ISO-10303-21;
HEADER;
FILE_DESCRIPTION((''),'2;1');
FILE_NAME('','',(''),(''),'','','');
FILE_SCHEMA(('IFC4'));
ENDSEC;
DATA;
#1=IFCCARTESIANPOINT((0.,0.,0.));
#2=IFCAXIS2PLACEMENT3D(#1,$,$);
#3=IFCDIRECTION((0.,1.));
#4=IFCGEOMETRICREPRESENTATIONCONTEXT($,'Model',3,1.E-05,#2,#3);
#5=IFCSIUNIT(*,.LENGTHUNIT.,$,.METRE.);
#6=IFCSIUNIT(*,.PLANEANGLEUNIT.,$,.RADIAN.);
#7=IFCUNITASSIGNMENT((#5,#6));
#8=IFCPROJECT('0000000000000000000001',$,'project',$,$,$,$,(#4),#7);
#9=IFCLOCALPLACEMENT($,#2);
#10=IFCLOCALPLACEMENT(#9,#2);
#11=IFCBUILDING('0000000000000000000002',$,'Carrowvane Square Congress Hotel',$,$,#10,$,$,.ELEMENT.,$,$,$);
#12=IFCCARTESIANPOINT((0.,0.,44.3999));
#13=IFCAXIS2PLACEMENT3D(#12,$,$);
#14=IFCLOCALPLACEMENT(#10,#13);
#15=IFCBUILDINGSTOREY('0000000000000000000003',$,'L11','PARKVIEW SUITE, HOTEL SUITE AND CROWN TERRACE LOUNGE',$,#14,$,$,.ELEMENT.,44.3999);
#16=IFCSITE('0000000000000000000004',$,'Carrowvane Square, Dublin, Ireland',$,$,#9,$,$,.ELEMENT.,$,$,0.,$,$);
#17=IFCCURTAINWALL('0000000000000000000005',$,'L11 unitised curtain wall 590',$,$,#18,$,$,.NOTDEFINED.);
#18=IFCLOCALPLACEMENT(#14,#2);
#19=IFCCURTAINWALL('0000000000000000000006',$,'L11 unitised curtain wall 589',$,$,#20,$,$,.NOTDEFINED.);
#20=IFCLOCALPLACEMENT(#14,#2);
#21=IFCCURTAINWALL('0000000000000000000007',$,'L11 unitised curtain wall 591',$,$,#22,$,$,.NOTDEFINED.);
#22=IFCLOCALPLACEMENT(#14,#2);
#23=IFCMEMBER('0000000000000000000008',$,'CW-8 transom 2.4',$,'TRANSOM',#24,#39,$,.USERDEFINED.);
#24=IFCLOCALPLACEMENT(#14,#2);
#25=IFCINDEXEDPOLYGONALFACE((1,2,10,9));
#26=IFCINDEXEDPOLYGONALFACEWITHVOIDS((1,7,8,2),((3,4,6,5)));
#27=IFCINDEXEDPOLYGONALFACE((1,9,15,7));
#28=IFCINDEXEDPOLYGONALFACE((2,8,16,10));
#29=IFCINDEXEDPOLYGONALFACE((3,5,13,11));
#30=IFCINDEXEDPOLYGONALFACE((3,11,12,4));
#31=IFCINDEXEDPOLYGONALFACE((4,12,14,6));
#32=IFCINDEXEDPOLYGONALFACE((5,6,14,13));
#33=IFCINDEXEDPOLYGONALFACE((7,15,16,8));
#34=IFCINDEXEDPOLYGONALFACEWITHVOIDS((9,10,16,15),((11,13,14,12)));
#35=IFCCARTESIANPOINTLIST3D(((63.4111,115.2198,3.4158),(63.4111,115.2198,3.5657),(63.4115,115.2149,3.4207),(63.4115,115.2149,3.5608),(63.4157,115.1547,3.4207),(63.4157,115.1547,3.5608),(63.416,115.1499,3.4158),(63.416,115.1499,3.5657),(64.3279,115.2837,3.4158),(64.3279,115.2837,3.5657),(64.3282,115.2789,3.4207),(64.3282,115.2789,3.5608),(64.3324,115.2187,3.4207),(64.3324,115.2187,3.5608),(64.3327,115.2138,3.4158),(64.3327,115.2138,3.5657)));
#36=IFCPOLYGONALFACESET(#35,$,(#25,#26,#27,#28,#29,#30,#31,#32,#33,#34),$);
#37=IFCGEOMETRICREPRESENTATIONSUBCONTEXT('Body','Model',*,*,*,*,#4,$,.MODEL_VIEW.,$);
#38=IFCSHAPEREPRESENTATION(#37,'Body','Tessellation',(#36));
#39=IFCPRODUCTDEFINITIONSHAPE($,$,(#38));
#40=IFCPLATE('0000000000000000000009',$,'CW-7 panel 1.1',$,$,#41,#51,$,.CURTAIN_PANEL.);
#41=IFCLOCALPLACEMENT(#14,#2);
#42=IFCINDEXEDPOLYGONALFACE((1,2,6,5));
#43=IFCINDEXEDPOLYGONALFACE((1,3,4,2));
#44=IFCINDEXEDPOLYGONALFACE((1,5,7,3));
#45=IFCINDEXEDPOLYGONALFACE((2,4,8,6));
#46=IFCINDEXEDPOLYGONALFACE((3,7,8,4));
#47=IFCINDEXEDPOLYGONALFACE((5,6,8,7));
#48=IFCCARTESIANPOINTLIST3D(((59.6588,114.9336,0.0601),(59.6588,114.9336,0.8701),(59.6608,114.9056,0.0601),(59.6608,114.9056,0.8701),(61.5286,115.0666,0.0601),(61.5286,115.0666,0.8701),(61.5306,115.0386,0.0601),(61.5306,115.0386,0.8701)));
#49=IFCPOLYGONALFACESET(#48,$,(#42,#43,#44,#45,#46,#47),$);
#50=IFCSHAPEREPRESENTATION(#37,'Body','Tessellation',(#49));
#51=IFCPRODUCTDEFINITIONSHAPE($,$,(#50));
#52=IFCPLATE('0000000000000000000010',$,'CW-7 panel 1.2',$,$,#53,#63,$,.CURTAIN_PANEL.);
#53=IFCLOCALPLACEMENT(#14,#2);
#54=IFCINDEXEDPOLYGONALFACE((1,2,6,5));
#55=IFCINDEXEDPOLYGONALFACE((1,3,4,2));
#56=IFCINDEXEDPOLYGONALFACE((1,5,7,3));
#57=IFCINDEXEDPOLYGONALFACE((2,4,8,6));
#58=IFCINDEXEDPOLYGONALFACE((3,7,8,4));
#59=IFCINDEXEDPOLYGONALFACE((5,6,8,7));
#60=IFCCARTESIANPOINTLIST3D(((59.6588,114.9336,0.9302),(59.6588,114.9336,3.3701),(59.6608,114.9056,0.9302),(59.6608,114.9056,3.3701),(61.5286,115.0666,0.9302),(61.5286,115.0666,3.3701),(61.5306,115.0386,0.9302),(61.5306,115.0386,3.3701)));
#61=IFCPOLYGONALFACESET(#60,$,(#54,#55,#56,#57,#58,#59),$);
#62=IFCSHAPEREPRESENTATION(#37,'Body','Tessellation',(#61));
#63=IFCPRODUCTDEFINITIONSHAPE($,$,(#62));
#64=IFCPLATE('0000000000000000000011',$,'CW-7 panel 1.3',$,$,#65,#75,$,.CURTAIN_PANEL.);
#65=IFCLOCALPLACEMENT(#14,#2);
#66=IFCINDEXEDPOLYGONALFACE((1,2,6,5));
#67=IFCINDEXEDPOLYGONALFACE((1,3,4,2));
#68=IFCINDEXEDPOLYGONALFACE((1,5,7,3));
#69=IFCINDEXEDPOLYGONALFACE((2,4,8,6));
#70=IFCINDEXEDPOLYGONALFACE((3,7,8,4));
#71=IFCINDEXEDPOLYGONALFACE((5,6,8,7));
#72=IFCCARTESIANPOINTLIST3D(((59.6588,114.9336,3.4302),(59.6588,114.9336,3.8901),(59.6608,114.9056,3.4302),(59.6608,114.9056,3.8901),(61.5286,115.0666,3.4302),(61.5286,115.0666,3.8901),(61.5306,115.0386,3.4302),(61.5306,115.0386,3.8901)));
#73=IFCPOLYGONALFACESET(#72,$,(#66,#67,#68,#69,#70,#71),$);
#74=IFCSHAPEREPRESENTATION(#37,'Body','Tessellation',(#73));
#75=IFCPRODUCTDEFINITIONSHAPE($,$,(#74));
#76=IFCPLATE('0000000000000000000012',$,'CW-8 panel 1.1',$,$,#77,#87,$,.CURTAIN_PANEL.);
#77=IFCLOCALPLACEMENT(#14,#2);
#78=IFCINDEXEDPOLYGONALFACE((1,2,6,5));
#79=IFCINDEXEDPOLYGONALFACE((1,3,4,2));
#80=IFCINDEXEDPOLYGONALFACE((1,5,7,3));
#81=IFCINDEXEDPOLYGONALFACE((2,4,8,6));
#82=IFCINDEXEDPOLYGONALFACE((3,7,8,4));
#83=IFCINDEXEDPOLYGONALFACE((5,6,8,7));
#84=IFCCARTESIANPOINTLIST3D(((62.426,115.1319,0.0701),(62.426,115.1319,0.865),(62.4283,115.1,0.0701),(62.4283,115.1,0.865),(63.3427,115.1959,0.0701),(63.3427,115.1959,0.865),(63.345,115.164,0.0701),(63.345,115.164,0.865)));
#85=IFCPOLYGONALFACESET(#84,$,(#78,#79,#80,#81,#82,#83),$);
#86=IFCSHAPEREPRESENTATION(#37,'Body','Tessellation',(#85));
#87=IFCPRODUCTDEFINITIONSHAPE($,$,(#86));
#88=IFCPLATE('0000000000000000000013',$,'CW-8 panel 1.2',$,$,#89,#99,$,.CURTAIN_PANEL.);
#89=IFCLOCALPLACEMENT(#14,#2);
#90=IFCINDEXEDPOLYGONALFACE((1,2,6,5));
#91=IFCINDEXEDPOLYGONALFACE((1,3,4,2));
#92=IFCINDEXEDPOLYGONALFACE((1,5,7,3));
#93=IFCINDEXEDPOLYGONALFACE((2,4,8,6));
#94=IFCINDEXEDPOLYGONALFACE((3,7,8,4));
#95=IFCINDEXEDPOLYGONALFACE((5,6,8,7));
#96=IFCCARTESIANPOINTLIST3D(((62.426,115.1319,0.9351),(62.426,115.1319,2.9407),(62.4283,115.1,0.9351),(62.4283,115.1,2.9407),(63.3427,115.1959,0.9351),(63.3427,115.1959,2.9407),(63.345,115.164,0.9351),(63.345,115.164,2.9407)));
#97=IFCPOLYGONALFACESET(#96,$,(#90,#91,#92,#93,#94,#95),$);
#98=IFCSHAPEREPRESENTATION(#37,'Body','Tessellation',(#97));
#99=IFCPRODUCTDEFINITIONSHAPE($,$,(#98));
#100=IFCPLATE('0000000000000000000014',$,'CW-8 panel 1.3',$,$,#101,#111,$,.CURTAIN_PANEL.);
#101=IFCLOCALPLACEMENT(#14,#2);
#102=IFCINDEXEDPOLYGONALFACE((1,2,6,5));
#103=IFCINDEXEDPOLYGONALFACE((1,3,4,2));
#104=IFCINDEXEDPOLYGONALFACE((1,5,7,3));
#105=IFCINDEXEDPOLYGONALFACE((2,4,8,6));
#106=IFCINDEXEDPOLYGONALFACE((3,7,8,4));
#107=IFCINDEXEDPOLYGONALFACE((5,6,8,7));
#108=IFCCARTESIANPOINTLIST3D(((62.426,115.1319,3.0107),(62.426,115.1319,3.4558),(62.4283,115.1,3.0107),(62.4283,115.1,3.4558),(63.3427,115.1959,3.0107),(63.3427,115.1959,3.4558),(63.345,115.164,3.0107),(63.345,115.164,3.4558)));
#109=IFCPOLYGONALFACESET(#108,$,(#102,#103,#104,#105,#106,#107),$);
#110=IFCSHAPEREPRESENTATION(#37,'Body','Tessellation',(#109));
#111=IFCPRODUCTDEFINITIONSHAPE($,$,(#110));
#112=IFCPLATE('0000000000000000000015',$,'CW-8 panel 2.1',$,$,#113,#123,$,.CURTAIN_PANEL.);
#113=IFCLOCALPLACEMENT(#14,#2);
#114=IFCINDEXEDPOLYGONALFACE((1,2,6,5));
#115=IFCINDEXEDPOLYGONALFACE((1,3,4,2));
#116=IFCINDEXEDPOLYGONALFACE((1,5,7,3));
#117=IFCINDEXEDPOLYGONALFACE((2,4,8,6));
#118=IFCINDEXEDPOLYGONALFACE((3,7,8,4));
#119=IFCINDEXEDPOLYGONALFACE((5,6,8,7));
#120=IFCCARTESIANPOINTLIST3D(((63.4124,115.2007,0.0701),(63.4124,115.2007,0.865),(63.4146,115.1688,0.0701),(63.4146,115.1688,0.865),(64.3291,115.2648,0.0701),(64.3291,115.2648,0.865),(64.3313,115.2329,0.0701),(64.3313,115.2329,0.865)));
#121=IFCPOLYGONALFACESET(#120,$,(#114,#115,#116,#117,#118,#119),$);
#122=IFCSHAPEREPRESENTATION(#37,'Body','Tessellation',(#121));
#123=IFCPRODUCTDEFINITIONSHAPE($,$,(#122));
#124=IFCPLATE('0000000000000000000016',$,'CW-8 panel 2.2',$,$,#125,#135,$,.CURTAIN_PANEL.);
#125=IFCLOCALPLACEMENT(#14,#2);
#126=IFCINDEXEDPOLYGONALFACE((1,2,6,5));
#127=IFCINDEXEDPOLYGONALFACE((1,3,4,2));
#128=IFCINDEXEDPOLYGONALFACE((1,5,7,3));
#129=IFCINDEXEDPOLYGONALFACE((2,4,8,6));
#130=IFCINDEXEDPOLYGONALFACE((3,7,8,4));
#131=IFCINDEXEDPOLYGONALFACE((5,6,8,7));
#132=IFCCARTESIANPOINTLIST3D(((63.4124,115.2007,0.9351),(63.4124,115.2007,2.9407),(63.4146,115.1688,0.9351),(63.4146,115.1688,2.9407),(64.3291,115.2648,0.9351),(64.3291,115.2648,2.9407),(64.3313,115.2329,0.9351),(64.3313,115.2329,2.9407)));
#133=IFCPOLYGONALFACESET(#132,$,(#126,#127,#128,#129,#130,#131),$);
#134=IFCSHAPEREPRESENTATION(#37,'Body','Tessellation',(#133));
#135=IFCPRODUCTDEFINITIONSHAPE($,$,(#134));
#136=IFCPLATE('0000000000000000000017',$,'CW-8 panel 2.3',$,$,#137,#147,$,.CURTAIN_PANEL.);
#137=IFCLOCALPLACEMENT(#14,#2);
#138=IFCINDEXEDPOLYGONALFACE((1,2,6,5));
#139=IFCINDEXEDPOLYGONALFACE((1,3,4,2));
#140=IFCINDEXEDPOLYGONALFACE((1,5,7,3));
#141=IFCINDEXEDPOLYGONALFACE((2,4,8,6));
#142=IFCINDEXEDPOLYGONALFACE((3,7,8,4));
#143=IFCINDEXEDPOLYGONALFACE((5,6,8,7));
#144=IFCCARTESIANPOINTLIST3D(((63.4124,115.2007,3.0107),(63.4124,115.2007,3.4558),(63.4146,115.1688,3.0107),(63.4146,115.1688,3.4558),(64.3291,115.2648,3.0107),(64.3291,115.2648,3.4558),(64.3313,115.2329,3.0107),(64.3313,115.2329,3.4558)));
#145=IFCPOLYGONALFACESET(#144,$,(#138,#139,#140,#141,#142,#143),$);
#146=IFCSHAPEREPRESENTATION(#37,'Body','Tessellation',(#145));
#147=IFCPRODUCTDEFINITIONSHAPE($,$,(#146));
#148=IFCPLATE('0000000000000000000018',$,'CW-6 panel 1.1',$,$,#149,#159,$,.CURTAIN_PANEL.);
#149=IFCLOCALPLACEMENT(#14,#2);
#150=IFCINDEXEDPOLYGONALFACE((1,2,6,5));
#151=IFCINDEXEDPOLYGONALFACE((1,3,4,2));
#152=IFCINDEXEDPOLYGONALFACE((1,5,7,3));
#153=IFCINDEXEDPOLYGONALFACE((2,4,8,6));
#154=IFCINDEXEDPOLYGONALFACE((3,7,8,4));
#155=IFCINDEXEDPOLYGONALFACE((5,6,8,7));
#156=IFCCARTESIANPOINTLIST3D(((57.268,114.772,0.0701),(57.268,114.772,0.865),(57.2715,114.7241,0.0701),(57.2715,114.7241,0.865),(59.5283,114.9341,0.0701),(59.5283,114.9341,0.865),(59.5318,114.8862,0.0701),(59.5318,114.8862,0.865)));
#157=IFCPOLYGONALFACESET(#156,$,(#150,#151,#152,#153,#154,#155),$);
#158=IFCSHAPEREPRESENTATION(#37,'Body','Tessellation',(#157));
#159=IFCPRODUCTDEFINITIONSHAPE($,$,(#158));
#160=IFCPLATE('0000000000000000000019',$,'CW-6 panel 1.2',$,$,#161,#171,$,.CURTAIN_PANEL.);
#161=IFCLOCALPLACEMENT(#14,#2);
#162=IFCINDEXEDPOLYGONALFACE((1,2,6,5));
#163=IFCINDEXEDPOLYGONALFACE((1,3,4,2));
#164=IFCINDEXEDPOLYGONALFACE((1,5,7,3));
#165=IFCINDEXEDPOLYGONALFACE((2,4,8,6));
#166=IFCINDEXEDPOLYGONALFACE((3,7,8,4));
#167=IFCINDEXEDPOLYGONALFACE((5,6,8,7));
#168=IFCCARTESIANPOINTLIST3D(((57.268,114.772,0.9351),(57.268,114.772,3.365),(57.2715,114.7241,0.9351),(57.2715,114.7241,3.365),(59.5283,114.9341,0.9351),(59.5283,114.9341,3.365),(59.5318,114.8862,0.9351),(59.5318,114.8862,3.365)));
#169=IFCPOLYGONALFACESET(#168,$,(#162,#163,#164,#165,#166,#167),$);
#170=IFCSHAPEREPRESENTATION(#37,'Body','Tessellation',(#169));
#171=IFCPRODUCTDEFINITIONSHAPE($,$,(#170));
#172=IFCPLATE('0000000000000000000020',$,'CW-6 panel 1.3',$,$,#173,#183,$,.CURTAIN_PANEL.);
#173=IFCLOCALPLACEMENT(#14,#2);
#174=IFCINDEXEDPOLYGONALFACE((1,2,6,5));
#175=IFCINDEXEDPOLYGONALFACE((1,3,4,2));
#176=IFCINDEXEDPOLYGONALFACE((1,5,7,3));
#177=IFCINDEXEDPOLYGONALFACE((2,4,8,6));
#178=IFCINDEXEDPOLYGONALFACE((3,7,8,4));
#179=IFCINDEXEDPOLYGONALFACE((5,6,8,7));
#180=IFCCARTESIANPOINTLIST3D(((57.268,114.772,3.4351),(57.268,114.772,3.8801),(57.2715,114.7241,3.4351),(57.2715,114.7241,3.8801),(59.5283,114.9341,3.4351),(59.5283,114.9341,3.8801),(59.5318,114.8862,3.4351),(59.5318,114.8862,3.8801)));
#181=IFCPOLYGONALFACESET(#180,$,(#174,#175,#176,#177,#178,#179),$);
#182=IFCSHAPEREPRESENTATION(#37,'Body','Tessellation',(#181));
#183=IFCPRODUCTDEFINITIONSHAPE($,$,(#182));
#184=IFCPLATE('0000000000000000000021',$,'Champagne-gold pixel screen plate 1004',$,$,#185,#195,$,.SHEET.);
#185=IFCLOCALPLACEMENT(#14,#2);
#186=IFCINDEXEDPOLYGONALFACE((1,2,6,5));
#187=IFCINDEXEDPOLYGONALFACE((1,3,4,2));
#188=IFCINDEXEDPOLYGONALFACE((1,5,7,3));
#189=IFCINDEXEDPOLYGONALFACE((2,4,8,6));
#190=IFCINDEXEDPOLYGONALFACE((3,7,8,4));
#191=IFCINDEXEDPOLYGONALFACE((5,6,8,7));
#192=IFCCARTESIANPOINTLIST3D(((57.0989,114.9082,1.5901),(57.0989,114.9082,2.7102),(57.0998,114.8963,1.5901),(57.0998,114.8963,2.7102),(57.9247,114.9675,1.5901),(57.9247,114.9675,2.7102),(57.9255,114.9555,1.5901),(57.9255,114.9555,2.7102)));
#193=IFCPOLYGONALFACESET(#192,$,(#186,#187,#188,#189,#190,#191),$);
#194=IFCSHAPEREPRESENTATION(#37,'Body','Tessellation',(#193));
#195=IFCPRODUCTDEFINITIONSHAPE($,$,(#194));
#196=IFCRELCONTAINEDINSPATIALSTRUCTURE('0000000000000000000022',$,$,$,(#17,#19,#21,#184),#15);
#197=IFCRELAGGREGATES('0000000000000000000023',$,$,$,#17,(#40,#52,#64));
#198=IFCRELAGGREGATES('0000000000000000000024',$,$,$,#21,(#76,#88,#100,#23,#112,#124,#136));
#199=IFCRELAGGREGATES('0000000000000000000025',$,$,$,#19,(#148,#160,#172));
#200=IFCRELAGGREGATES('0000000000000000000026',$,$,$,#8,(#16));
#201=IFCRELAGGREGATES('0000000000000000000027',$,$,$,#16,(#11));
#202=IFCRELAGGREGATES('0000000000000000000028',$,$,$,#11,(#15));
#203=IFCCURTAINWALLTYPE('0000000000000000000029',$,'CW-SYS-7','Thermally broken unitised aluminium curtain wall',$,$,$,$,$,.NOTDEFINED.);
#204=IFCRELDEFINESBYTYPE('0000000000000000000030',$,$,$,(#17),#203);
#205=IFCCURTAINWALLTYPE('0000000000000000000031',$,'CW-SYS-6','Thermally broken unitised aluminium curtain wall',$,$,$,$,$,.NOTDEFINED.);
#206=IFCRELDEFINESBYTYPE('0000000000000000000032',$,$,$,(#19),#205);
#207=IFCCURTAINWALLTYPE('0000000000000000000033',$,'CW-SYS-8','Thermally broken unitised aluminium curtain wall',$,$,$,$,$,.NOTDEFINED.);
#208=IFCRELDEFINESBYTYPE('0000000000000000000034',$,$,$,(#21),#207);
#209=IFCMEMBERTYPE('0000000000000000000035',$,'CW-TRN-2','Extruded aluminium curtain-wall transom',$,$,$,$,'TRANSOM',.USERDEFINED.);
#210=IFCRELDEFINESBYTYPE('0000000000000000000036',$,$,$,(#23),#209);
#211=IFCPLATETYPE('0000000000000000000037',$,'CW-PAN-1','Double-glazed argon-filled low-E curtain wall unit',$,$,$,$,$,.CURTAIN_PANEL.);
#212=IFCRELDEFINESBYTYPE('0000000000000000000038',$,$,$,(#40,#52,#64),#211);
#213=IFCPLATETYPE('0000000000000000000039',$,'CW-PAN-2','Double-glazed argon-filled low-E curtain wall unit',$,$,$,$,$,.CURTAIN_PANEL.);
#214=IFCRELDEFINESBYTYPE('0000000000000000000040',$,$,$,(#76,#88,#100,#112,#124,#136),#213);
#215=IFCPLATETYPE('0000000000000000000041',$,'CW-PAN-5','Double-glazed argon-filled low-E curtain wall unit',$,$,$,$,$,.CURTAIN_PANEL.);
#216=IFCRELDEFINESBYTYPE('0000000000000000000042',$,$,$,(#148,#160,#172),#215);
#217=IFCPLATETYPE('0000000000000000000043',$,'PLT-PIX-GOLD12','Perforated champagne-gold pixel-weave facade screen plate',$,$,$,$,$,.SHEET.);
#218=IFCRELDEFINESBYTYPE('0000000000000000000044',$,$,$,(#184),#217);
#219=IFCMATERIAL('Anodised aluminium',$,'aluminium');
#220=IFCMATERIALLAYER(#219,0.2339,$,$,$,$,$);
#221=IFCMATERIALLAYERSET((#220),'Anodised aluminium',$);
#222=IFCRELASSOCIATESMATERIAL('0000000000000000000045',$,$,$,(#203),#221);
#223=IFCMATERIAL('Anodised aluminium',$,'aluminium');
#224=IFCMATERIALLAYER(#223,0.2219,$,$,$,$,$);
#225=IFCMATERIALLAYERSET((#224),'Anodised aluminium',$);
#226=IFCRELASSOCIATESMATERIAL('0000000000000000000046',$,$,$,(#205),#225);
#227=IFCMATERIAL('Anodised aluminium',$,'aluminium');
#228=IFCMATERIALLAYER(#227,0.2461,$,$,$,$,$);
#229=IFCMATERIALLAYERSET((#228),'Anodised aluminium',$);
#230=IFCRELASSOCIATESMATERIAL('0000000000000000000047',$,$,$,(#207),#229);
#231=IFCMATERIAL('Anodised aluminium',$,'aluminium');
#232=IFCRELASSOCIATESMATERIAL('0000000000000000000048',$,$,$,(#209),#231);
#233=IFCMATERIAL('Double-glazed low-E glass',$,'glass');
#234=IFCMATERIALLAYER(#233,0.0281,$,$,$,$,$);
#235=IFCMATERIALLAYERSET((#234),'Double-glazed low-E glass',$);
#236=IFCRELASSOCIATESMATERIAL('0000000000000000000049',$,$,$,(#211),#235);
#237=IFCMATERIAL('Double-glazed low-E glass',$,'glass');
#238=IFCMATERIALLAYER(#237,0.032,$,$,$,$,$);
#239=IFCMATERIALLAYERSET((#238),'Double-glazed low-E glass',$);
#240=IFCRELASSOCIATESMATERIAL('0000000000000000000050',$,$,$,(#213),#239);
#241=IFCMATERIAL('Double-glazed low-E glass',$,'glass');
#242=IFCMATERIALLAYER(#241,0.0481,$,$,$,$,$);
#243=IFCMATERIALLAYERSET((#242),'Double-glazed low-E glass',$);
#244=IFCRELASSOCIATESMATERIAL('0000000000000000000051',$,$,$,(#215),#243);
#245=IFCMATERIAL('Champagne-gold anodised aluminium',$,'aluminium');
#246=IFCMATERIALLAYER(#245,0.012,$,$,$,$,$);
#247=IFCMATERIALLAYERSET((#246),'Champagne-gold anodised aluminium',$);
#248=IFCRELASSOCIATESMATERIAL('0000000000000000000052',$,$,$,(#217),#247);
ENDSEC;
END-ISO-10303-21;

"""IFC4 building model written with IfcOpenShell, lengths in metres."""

from ifc_helpers import new_model, si_unit, direction, frame, origin, origin_2d, place, context, subcontext, project, spatial, rectangle, hollow_rectangle, extrude, material, layer, layer_set, material_profile, profile_set, type_object, element, aggregate, save


model = new_model("IFC4")

# Units and contexts
model_context = context("Model", 3, precision=1e-05, world=origin(), true_north=direction((0.0, 1.0)))
body_context = subcontext(model_context, "Body", "Model", "MODEL_VIEW")
ifc_project = project(units=[si_unit("LENGTHUNIT", "METRE"), si_unit("PLANEANGLEUNIT", "RADIAN")], contexts=[model_context])

# Site, building, storey
site_placement = place(None, origin())
site = spatial("IfcSite", under=ifc_project, at=site_placement, Name="Carrowvane Square, Dublin, Ireland", CompositionType="ELEMENT", RefElevation=0.0)
building_placement = place(site_placement, origin())
building = spatial("IfcBuilding", under=site, at=building_placement, Name="Carrowvane Square Congress Hotel", CompositionType="ELEMENT")
storey_placement = place(building_placement, frame((0.0, 0.0, 44.3999)))
storey = spatial("IfcBuildingStorey", under=building, at=storey_placement, Name="L11", Description="PARKVIEW SUITE, HOTEL SUITE AND CROWN TERRACE LOUNGE", CompositionType="ELEMENT", Elevation=44.3999)

# Curtain wall
ifc_material_1 = material(Name="Anodised aluminium", Category="aluminium")
ifc_layer_1 = layer(ifc_material_1, 0.2339)
ifc_layer_set_1 = layer_set([ifc_layer_1], Name="Anodised aluminium")
curtain_wall_type_1 = type_object("IfcCurtainWallType", Name="CW-SYS-7", Description="Thermally broken unitised aluminium curtain wall", PredefinedType="NOTDEFINED", material=ifc_layer_set_1)
curtain_wall_1_placement = place(storey_placement, origin())
curtain_wall_1 = element("IfcCurtainWall", 1, at=curtain_wall_1_placement, inside=storey, type_object=curtain_wall_type_1, Name="L11 unitised curtain wall 590", PredefinedType="NOTDEFINED")

# Curtain wall
ifc_material_2 = material(Name="Anodised aluminium", Category="aluminium")
ifc_layer_2 = layer(ifc_material_2, 0.2219)
ifc_layer_set_2 = layer_set([ifc_layer_2], Name="Anodised aluminium")
curtain_wall_type_2 = type_object("IfcCurtainWallType", Name="CW-SYS-6", Description="Thermally broken unitised aluminium curtain wall", PredefinedType="NOTDEFINED", material=ifc_layer_set_2)
curtain_wall_2_placement = place(storey_placement, origin())
curtain_wall_2 = element("IfcCurtainWall", 2, at=curtain_wall_2_placement, inside=storey, type_object=curtain_wall_type_2, Name="L11 unitised curtain wall 589", PredefinedType="NOTDEFINED")

# Curtain wall
ifc_material_3 = material(Name="Anodised aluminium", Category="aluminium")
ifc_layer_3 = layer(ifc_material_3, 0.2461)
ifc_layer_set_3 = layer_set([ifc_layer_3], Name="Anodised aluminium")
curtain_wall_type_3 = type_object("IfcCurtainWallType", Name="CW-SYS-8", Description="Thermally broken unitised aluminium curtain wall", PredefinedType="NOTDEFINED", material=ifc_layer_set_3)
curtain_wall_3_placement = place(storey_placement, origin())
curtain_wall_3 = element("IfcCurtainWall", 3, at=curtain_wall_3_placement, inside=storey, type_object=curtain_wall_type_3, Name="L11 unitised curtain wall 591", PredefinedType="NOTDEFINED")

# Member
ifc_material_4 = material(Name="Anodised aluminium", Category="aluminium")
ifc_material_profile_1 = material_profile(ifc_material_4, hollow_rectangle(XDim=0.0701, YDim=0.1499, WallThickness=0.0049, at=origin_2d()), Name="CW-TR 70x150x5")
ifc_profile_set_1 = profile_set([ifc_material_profile_1], Name="Anodised aluminium")
member_type_1 = type_object("IfcMemberType", Name="CW-TRN-2", Description="Extruded aluminium curtain-wall transom", ElementType="TRANSOM", PredefinedType="USERDEFINED", material=ifc_profile_set_1)
member_1_placement = place(storey_placement, frame((63.4136, 115.1848, 3.4907), z_axis=(0.997575, 0.069604, 0.0), x_axis=(-0.069604, 0.997575, 0.0)))
member_1 = element("IfcMember", 4, at=member_1_placement, type_object=member_type_1, Name="CW-8 transom 2.4", ObjectType="TRANSOM", PredefinedType="USERDEFINED", context=body_context, shape_type="SweptSolid", body=[
    extrude(hollow_rectangle(XDim=0.0701, YDim=0.1499, WallThickness=0.0049, at=origin_2d()), origin(), (0.0, 0.0, 1.0), 0.9189),
])

# Plates
ifc_material_5 = material(Name="Double-glazed low-E glass", Category="glass")
ifc_layer_4 = layer(ifc_material_5, 0.0281)
ifc_layer_set_4 = layer_set([ifc_layer_4], Name="Double-glazed low-E glass")
plate_type_1 = type_object("IfcPlateType", Name="CW-PAN-1", Description="Double-glazed argon-filled low-E curtain wall unit", PredefinedType="CURTAIN_PANEL", material=ifc_layer_set_4)
plate_1_placement = place(storey_placement, frame((60.5947, 114.9861, 0.0601), z_axis=(0.0, 0.0, 1.0), x_axis=(0.997479, 0.07096, 0.0)))
plate_1 = element("IfcPlate", 5, at=plate_1_placement, type_object=plate_type_1, Name="CW-7 panel 1.1", PredefinedType="CURTAIN_PANEL", context=body_context, shape_type="SweptSolid", body=[
    extrude(rectangle(XDim=1.8745, YDim=0.0281, at=origin_2d()), origin(), (0.0, 0.0, 1.0), 0.8101),
])
plate_2_placement = place(storey_placement, frame((60.5947, 114.9861, 0.9302), z_axis=(0.0, 0.0, 1.0), x_axis=(0.997479, 0.07096, 0.0)))
plate_2 = element("IfcPlate", 6, at=plate_2_placement, type_object=plate_type_1, Name="CW-7 panel 1.2", PredefinedType="CURTAIN_PANEL", context=body_context, shape_type="SweptSolid", body=[
    extrude(rectangle(XDim=1.8745, YDim=0.0281, at=origin_2d()), origin(), (0.0, 0.0, 1.0), 2.4399),
])
plate_3_placement = place(storey_placement, frame((60.5947, 114.9861, 3.4302), z_axis=(0.0, 0.0, 1.0), x_axis=(0.997479, 0.07096, 0.0)))
plate_3 = element("IfcPlate", 7, at=plate_3_placement, type_object=plate_type_1, Name="CW-7 panel 1.3", PredefinedType="CURTAIN_PANEL", context=body_context, shape_type="SweptSolid", body=[
    extrude(rectangle(XDim=1.8745, YDim=0.0281, at=origin_2d()), origin(), (0.0, 0.0, 1.0), 0.46),
])
aggregate(curtain_wall_1, [plate_1, plate_2, plate_3])
ifc_material_6 = material(Name="Double-glazed low-E glass", Category="glass")
ifc_layer_5 = layer(ifc_material_6, 0.032)
ifc_layer_set_5 = layer_set([ifc_layer_5], Name="Double-glazed low-E glass")
plate_type_2 = type_object("IfcPlateType", Name="CW-PAN-2", Description="Double-glazed argon-filled low-E curtain wall unit", PredefinedType="CURTAIN_PANEL", material=ifc_layer_set_5)
plate_4_placement = place(storey_placement, frame((62.8855, 115.1479, 0.0701), z_axis=(0.0, 0.0, 1.0), x_axis=(0.997566, 0.069724, 0.0)))
plate_4 = element("IfcPlate", 8, at=plate_4_placement, type_object=plate_type_2, Name="CW-8 panel 1.1", PredefinedType="CURTAIN_PANEL", context=body_context, shape_type="SweptSolid", body=[
    extrude(rectangle(XDim=0.9189, YDim=0.032, at=origin_2d()), origin(), (0.0, 0.0, 1.0), 0.7949),
])
plate_5_placement = place(storey_placement, frame((62.8855, 115.1479, 0.9351), z_axis=(0.0, 0.0, 1.0), x_axis=(0.997566, 0.069724, 0.0)))
plate_5 = element("IfcPlate", 9, at=plate_5_placement, type_object=plate_type_2, Name="CW-8 panel 1.2", PredefinedType="CURTAIN_PANEL", context=body_context, shape_type="SweptSolid", body=[
    extrude(rectangle(XDim=0.9189, YDim=0.032, at=origin_2d()), origin(), (0.0, 0.0, 1.0), 2.0056),
])
plate_6_placement = place(storey_placement, frame((62.8855, 115.1479, 3.0107), z_axis=(0.0, 0.0, 1.0), x_axis=(0.997566, 0.069724, 0.0)))
plate_6 = element("IfcPlate", 10, at=plate_6_placement, type_object=plate_type_2, Name="CW-8 panel 1.3", PredefinedType="CURTAIN_PANEL", context=body_context, shape_type="SweptSolid", body=[
    extrude(rectangle(XDim=0.9189, YDim=0.032, at=origin_2d()), origin(), (0.0, 0.0, 1.0), 0.4451),
])
plate_7_placement = place(storey_placement, frame((63.8718, 115.2168, 0.0701), z_axis=(0.0, 0.0, 1.0), x_axis=(0.997566, 0.069724, 0.0)))
plate_7 = element("IfcPlate", 11, at=plate_7_placement, type_object=plate_type_2, Name="CW-8 panel 2.1", PredefinedType="CURTAIN_PANEL", context=body_context, shape_type="SweptSolid", body=[
    extrude(rectangle(XDim=0.9189, YDim=0.032, at=origin_2d()), origin(), (0.0, 0.0, 1.0), 0.7949),
])
plate_8_placement = place(storey_placement, frame((63.8718, 115.2168, 0.9351), z_axis=(0.0, 0.0, 1.0), x_axis=(0.997566, 0.069724, 0.0)))
plate_8 = element("IfcPlate", 12, at=plate_8_placement, type_object=plate_type_2, Name="CW-8 panel 2.2", PredefinedType="CURTAIN_PANEL", context=body_context, shape_type="SweptSolid", body=[
    extrude(rectangle(XDim=0.9189, YDim=0.032, at=origin_2d()), origin(), (0.0, 0.0, 1.0), 2.0056),
])
plate_9_placement = place(storey_placement, frame((63.8718, 115.2168, 3.0107), z_axis=(0.0, 0.0, 1.0), x_axis=(0.997566, 0.069724, 0.0)))
plate_9 = element("IfcPlate", 13, at=plate_9_placement, type_object=plate_type_2, Name="CW-8 panel 2.3", PredefinedType="CURTAIN_PANEL", context=body_context, shape_type="SweptSolid", body=[
    extrude(rectangle(XDim=0.9189, YDim=0.032, at=origin_2d()), origin(), (0.0, 0.0, 1.0), 0.4451),
])
aggregate(curtain_wall_3, [plate_4, plate_5, plate_6, member_1, plate_7, plate_8, plate_9])
ifc_material_7 = material(Name="Double-glazed low-E glass", Category="glass")
ifc_layer_6 = layer(ifc_material_7, 0.0481)
ifc_layer_set_6 = layer_set([ifc_layer_6], Name="Double-glazed low-E glass")
plate_type_3 = type_object("IfcPlateType", Name="CW-PAN-5", Description="Double-glazed argon-filled low-E curtain wall unit", PredefinedType="CURTAIN_PANEL", material=ifc_layer_set_6)
plate_10_placement = place(storey_placement, frame((58.3999, 114.8291, 0.0701), z_axis=(0.0, 0.0, 1.0), x_axis=(0.997438, 0.071532, 0.0)))
plate_10 = element("IfcPlate", 14, at=plate_10_placement, type_object=plate_type_3, Name="CW-6 panel 1.1", PredefinedType="CURTAIN_PANEL", context=body_context, shape_type="SweptSolid", body=[
    extrude(rectangle(XDim=2.2661, YDim=0.0481, at=origin_2d()), origin(), (0.0, 0.0, 1.0), 0.7949),
])
plate_11_placement = place(storey_placement, frame((58.3999, 114.8291, 0.9351), z_axis=(0.0, 0.0, 1.0), x_axis=(0.997438, 0.071532, 0.0)))
plate_11 = element("IfcPlate", 15, at=plate_11_placement, type_object=plate_type_3, Name="CW-6 panel 1.2", PredefinedType="CURTAIN_PANEL", context=body_context, shape_type="SweptSolid", body=[
    extrude(rectangle(XDim=2.2661, YDim=0.0481, at=origin_2d()), origin(), (0.0, 0.0, 1.0), 2.4299),
])
plate_12_placement = place(storey_placement, frame((58.3999, 114.8291, 3.4351), z_axis=(0.0, 0.0, 1.0), x_axis=(0.997438, 0.071532, 0.0)))
plate_12 = element("IfcPlate", 16, at=plate_12_placement, type_object=plate_type_3, Name="CW-6 panel 1.3", PredefinedType="CURTAIN_PANEL", context=body_context, shape_type="SweptSolid", body=[
    extrude(rectangle(XDim=2.2661, YDim=0.0481, at=origin_2d()), origin(), (0.0, 0.0, 1.0), 0.4451),
])
aggregate(curtain_wall_2, [plate_10, plate_11, plate_12])

# Plate
ifc_material_8 = material(Name="Champagne-gold anodised aluminium", Category="aluminium")
ifc_layer_7 = layer(ifc_material_8, 0.012)
ifc_layer_set_7 = layer_set([ifc_layer_7], Name="Champagne-gold anodised aluminium")
plate_type_4 = type_object("IfcPlateType", Name="PLT-PIX-GOLD12", Description="Perforated champagne-gold pixel-weave facade screen plate", PredefinedType="SHEET", material=ifc_layer_set_7)
for number, where, z_axis, x_axis, name in (
    (17, (57.5122, 114.9319, 1.5901), (0.0, 0.0, 1.0), (0.997438, 0.071533, 0.0), "Champagne-gold pixel screen plate 1004"),
):
    element("IfcPlate", number, at=place(storey_placement, frame(where, z_axis=z_axis, x_axis=x_axis)), inside=storey, type_object=plate_type_4, Name=name, PredefinedType="SHEET", context=body_context, shape_type="SweptSolid", body=[
        extrude(rectangle(XDim=0.8279, YDim=0.012, at=origin_2d()), origin(), (0.0, 0.0, 1.0), 1.1201),
    ])

save(model, "model.ifc")
